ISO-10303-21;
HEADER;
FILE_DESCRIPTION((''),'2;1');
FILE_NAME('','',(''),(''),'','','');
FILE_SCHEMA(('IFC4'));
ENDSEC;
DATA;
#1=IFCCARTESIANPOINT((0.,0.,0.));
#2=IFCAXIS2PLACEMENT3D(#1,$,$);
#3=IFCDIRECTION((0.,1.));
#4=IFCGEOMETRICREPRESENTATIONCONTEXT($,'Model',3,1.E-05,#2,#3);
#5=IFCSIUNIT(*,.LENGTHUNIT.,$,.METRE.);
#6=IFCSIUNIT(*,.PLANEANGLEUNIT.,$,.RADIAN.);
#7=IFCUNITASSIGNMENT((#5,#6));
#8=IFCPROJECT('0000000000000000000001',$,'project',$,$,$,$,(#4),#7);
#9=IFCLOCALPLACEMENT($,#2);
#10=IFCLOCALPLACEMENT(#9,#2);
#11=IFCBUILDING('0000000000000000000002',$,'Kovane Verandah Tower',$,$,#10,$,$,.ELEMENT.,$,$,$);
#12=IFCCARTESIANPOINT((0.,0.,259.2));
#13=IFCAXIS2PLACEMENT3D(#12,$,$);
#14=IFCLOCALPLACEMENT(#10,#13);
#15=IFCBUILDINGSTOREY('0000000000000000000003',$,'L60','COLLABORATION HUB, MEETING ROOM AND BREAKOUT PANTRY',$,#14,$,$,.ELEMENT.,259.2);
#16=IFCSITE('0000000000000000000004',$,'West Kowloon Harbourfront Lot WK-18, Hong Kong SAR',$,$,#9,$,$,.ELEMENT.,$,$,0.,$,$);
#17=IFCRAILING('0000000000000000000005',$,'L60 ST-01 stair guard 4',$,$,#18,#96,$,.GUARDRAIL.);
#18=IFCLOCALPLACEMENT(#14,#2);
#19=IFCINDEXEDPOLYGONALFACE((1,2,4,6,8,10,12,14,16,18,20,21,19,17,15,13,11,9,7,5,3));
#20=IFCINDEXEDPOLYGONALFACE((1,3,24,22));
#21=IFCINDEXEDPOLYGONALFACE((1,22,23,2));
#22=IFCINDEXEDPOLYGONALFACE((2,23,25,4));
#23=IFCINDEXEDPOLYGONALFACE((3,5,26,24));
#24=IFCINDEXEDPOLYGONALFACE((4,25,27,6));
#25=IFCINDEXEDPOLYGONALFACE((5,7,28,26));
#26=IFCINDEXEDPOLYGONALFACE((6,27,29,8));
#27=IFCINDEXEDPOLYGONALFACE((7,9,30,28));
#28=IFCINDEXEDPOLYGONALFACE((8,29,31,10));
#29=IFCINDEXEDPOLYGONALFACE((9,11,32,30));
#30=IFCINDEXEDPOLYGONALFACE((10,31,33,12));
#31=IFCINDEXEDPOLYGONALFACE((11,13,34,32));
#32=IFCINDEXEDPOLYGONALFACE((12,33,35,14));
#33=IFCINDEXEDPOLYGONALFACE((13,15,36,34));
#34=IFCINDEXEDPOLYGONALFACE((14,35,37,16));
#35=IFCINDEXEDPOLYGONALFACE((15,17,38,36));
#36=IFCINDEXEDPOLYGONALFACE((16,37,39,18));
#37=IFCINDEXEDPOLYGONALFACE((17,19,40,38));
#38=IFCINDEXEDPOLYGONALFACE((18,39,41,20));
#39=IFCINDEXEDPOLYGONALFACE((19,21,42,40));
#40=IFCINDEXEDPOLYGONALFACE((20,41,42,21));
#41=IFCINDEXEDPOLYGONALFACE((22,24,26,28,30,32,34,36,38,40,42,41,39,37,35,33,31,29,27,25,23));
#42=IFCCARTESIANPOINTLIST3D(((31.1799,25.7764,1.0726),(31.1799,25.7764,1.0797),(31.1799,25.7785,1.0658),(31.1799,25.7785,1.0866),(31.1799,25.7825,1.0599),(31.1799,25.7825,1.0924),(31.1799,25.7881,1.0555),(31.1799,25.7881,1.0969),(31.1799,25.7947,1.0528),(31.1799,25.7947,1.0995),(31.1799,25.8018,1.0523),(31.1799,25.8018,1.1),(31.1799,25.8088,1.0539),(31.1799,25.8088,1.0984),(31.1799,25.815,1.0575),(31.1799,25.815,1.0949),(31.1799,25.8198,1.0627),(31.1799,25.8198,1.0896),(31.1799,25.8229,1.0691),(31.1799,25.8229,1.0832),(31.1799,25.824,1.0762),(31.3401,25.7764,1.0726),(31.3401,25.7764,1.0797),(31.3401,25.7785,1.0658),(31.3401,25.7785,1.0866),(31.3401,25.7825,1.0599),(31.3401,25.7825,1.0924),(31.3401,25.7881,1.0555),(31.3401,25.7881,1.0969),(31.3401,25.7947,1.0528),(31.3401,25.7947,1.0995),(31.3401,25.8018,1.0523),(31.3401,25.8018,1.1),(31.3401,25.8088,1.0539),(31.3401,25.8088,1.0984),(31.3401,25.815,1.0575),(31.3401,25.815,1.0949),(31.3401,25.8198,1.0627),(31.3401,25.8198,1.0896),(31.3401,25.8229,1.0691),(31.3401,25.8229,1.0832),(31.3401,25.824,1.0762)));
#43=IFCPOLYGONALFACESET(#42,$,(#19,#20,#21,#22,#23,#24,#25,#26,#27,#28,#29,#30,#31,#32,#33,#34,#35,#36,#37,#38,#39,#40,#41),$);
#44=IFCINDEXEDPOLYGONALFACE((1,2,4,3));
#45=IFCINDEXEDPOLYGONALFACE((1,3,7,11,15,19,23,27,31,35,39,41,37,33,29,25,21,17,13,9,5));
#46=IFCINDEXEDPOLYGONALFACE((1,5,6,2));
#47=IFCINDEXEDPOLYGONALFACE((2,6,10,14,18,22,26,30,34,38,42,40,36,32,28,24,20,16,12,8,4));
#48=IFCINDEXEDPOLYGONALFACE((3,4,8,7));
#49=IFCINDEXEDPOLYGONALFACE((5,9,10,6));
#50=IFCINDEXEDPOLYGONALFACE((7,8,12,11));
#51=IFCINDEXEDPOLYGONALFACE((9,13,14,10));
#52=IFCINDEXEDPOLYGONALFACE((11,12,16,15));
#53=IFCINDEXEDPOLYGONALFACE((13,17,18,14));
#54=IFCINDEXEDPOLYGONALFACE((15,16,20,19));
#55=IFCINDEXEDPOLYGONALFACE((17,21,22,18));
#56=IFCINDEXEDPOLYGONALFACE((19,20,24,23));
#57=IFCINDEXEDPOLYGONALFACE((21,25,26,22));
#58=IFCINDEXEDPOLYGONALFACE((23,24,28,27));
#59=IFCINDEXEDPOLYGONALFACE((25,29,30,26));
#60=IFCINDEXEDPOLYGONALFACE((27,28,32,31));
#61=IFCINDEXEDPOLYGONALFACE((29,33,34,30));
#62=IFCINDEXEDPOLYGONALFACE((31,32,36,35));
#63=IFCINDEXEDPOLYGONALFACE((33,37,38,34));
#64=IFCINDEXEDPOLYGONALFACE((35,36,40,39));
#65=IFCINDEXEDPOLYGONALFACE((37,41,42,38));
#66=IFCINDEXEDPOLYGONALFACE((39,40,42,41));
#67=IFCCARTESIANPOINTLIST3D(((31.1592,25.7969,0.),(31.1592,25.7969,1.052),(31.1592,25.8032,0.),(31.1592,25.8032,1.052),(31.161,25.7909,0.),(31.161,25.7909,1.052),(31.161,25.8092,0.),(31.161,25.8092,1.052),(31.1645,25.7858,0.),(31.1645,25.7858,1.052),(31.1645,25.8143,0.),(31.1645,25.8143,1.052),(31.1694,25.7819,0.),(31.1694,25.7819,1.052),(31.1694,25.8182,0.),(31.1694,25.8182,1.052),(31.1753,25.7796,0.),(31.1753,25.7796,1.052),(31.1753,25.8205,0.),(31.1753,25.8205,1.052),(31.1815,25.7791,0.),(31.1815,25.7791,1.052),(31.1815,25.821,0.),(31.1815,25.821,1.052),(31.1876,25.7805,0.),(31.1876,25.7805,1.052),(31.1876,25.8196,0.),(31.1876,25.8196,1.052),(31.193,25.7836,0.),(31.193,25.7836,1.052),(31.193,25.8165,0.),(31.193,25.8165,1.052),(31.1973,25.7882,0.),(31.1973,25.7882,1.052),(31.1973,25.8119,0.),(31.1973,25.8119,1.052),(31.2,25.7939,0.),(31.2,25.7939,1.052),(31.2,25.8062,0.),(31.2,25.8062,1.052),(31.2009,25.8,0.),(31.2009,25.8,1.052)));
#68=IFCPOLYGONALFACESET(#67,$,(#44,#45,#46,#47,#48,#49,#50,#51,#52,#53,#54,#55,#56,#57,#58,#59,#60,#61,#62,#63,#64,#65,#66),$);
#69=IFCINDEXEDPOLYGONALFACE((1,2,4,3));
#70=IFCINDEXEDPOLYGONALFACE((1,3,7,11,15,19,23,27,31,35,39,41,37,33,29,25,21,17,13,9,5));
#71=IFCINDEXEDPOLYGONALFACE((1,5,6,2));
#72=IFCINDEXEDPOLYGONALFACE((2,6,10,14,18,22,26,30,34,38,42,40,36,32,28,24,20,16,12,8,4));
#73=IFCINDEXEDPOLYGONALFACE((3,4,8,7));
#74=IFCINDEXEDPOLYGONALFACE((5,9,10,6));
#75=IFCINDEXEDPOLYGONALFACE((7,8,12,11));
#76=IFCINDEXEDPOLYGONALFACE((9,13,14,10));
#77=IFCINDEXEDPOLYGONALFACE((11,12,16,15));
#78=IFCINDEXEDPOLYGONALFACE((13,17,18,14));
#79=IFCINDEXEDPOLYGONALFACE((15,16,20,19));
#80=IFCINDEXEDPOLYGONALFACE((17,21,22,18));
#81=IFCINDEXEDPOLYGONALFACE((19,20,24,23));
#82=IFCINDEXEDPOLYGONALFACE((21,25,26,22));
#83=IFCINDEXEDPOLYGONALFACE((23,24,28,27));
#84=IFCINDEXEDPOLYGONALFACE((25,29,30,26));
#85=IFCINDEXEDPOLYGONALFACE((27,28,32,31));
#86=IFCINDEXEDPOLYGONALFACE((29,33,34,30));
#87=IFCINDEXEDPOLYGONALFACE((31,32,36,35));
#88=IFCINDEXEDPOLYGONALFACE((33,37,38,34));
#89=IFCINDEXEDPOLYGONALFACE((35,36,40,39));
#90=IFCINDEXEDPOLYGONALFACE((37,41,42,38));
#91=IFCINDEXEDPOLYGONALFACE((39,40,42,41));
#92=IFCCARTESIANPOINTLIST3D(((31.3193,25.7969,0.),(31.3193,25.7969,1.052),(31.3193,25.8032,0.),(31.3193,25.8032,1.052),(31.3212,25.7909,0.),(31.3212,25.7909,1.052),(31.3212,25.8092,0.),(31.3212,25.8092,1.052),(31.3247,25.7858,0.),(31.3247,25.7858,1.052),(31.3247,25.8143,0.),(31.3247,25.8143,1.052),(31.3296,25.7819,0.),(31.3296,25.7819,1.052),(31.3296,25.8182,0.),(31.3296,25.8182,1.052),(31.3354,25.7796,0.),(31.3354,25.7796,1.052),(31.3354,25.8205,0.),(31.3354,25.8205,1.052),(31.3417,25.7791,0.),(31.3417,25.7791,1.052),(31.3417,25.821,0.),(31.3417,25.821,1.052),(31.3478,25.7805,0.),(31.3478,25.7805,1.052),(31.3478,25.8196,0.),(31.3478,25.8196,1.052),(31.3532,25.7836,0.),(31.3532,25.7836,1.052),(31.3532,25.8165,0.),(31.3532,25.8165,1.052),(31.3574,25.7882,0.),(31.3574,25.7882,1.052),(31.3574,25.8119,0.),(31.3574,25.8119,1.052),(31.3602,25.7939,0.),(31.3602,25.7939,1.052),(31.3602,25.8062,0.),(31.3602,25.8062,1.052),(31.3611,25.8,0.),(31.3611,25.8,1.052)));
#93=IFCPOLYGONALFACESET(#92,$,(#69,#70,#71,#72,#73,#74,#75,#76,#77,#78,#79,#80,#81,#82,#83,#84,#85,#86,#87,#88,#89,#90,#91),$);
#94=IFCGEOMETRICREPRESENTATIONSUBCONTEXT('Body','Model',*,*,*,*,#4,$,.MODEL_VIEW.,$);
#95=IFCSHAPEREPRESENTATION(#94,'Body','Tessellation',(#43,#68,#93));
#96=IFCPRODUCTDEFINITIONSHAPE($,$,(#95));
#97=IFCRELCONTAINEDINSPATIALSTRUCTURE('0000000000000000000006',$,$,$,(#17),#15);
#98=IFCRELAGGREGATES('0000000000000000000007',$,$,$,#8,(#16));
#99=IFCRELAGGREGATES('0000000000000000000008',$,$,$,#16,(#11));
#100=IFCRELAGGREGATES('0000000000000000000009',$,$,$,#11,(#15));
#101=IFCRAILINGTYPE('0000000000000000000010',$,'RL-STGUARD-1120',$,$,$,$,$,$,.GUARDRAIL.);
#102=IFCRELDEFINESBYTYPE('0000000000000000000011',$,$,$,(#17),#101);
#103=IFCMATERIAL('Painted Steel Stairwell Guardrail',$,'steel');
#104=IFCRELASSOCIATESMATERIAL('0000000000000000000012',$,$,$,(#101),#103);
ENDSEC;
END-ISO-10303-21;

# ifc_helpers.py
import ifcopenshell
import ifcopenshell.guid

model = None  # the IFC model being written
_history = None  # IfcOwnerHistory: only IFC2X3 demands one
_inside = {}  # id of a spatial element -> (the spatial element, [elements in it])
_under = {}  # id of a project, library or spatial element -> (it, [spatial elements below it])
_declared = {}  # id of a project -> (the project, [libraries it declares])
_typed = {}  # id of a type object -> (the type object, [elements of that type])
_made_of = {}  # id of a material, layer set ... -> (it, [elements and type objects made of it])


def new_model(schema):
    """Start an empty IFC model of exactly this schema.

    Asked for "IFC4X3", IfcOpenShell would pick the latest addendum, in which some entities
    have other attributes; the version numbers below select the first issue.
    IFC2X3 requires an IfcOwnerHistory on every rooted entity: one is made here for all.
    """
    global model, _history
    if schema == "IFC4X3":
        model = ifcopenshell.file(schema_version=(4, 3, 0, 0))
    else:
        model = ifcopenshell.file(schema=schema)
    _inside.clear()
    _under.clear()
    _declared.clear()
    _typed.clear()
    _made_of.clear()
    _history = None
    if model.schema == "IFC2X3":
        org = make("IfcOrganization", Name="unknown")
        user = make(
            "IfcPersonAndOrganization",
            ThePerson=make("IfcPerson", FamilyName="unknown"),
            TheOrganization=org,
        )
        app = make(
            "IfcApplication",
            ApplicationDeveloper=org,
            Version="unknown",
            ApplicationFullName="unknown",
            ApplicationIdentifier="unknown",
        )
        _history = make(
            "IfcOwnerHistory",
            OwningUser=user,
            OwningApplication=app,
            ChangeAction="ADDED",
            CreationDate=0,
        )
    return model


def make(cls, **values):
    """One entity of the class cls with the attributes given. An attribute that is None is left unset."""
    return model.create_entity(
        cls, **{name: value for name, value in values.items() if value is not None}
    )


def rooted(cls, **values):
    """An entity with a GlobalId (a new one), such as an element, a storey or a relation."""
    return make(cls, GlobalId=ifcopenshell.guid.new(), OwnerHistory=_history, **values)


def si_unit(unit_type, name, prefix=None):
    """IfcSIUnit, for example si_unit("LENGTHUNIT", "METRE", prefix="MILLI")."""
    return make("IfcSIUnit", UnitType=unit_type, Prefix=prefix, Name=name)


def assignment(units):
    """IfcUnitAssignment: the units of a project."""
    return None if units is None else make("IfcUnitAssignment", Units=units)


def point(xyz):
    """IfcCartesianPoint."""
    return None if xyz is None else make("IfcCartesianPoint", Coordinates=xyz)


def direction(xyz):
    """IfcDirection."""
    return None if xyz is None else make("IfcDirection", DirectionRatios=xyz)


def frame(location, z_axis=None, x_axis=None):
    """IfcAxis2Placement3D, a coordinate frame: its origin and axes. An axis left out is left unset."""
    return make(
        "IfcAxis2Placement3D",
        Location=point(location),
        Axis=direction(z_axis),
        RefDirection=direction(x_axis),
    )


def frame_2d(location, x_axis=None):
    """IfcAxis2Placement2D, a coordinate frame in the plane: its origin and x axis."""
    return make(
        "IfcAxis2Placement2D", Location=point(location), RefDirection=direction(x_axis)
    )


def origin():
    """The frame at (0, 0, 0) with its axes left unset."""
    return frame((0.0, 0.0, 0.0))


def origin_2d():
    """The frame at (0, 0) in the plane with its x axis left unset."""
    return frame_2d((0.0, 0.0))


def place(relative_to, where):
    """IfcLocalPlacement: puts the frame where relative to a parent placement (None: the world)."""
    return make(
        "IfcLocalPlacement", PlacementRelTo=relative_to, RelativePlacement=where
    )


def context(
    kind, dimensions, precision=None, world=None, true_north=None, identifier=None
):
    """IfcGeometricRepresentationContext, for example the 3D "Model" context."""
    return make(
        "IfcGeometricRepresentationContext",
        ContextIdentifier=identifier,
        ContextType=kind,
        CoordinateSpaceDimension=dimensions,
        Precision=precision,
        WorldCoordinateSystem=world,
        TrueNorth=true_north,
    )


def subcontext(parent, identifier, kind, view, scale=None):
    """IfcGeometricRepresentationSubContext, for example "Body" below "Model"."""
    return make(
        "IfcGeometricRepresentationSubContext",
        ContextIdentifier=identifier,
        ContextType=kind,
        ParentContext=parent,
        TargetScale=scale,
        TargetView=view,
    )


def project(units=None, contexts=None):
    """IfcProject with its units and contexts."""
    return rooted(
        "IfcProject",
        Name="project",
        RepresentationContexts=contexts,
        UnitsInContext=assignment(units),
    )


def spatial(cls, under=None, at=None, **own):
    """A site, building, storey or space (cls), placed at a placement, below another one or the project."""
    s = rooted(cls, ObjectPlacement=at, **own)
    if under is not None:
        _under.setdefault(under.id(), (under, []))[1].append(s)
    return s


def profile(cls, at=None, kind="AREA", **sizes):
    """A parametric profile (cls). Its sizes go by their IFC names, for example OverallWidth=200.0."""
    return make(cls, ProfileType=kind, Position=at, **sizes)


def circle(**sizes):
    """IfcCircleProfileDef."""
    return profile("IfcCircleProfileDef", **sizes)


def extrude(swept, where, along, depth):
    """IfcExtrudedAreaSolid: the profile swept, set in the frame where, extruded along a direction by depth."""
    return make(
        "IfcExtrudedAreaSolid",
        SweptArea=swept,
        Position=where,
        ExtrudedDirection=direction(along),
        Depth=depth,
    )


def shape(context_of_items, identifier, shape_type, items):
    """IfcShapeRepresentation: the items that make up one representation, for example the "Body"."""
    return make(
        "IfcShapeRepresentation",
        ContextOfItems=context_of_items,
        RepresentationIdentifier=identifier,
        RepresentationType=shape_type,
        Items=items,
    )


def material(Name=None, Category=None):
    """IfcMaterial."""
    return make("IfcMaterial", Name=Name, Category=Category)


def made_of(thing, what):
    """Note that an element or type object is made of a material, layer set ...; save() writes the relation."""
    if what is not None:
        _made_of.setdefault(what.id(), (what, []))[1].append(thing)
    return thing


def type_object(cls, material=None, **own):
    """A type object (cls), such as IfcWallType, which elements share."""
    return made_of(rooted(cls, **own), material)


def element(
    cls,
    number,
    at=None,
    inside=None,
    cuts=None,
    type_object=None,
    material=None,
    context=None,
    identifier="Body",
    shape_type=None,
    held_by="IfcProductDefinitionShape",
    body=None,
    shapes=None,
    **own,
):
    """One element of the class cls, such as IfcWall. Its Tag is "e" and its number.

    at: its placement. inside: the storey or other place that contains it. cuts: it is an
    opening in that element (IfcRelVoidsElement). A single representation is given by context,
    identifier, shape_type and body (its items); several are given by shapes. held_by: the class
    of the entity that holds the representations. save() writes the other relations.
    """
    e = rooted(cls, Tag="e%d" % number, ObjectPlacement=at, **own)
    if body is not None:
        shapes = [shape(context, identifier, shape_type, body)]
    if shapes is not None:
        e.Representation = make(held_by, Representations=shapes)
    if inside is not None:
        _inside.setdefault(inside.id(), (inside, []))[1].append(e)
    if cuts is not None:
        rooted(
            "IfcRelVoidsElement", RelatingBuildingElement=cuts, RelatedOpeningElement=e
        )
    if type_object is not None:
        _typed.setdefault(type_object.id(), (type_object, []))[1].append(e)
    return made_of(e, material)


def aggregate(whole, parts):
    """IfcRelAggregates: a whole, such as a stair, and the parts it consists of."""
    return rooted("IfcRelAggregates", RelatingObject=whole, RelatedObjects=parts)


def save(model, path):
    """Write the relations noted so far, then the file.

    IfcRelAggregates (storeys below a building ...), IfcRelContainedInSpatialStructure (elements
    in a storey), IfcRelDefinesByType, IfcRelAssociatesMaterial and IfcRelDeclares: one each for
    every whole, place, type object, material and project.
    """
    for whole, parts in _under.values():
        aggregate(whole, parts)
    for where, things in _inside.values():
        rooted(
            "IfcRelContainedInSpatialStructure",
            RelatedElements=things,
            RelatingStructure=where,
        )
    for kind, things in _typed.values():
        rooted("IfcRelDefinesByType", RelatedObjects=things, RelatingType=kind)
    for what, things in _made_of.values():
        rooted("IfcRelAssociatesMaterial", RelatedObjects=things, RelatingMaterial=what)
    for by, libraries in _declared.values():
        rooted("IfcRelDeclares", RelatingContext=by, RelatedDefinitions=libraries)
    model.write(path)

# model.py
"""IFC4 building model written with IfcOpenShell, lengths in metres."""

from ifc_helpers import new_model, si_unit, direction, frame, origin, origin_2d, place, context, subcontext, project, spatial, circle, extrude, material, type_object, element, save


model = new_model("IFC4")

# Units and contexts
model_context = context("Model", 3, precision=1e-05, world=origin(), true_north=direction((0.0, 1.0)))
body_context = subcontext(model_context, "Body", "Model", "MODEL_VIEW")
ifc_project = project(units=[si_unit("LENGTHUNIT", "METRE"), si_unit("PLANEANGLEUNIT", "RADIAN")], contexts=[model_context])

# Site, building, storey
site_placement = place(None, origin())
site = spatial("IfcSite", under=ifc_project, at=site_placement, Name="West Kowloon Harbourfront Lot WK-18, Hong Kong SAR", CompositionType="ELEMENT", RefElevation=0.0)
building_placement = place(site_placement, origin())
building = spatial("IfcBuilding", under=site, at=building_placement, Name="Kovane Verandah Tower", CompositionType="ELEMENT")
storey_placement = place(building_placement, frame((0.0, 0.0, 259.2)))
storey = spatial("IfcBuildingStorey", under=building, at=storey_placement, Name="L60", Description="COLLABORATION HUB, MEETING ROOM AND BREAKOUT PANTRY", CompositionType="ELEMENT", Elevation=259.2)

# Railing
ifc_material_1 = material(Name="Painted Steel Stairwell Guardrail", Category="steel")
railing_type_1 = type_object("IfcRailingType", Name="RL-STGUARD-1120", PredefinedType="GUARDRAIL", material=ifc_material_1)
railing_1_placement = place(storey_placement, frame((31.1799, 25.8, 0.0)))
element("IfcRailing", 1, at=railing_1_placement, inside=storey, type_object=railing_type_1, Name="L60 ST-01 stair guard 4", PredefinedType="GUARDRAIL", context=body_context, shape_type="SweptSolid", body=[
    extrude(circle(Radius=0.0239, at=origin_2d()), frame((0.0, 0.0, 1.0762), z_axis=(1.0, 0.0, 0.0), x_axis=(0.0, 1.0, 0.0)), (0.0, 0.0, 1.0), 0.1602),
    extrude(circle(Radius=0.021, at=origin_2d()), origin(), (0.0, 0.0, 1.0), 1.052),
    extrude(circle(Radius=0.021, at=origin_2d()), frame((0.1602, 0.0, 0.0)), (0.0, 0.0, 1.0), 1.052),
])

save(model, "model.ifc")
